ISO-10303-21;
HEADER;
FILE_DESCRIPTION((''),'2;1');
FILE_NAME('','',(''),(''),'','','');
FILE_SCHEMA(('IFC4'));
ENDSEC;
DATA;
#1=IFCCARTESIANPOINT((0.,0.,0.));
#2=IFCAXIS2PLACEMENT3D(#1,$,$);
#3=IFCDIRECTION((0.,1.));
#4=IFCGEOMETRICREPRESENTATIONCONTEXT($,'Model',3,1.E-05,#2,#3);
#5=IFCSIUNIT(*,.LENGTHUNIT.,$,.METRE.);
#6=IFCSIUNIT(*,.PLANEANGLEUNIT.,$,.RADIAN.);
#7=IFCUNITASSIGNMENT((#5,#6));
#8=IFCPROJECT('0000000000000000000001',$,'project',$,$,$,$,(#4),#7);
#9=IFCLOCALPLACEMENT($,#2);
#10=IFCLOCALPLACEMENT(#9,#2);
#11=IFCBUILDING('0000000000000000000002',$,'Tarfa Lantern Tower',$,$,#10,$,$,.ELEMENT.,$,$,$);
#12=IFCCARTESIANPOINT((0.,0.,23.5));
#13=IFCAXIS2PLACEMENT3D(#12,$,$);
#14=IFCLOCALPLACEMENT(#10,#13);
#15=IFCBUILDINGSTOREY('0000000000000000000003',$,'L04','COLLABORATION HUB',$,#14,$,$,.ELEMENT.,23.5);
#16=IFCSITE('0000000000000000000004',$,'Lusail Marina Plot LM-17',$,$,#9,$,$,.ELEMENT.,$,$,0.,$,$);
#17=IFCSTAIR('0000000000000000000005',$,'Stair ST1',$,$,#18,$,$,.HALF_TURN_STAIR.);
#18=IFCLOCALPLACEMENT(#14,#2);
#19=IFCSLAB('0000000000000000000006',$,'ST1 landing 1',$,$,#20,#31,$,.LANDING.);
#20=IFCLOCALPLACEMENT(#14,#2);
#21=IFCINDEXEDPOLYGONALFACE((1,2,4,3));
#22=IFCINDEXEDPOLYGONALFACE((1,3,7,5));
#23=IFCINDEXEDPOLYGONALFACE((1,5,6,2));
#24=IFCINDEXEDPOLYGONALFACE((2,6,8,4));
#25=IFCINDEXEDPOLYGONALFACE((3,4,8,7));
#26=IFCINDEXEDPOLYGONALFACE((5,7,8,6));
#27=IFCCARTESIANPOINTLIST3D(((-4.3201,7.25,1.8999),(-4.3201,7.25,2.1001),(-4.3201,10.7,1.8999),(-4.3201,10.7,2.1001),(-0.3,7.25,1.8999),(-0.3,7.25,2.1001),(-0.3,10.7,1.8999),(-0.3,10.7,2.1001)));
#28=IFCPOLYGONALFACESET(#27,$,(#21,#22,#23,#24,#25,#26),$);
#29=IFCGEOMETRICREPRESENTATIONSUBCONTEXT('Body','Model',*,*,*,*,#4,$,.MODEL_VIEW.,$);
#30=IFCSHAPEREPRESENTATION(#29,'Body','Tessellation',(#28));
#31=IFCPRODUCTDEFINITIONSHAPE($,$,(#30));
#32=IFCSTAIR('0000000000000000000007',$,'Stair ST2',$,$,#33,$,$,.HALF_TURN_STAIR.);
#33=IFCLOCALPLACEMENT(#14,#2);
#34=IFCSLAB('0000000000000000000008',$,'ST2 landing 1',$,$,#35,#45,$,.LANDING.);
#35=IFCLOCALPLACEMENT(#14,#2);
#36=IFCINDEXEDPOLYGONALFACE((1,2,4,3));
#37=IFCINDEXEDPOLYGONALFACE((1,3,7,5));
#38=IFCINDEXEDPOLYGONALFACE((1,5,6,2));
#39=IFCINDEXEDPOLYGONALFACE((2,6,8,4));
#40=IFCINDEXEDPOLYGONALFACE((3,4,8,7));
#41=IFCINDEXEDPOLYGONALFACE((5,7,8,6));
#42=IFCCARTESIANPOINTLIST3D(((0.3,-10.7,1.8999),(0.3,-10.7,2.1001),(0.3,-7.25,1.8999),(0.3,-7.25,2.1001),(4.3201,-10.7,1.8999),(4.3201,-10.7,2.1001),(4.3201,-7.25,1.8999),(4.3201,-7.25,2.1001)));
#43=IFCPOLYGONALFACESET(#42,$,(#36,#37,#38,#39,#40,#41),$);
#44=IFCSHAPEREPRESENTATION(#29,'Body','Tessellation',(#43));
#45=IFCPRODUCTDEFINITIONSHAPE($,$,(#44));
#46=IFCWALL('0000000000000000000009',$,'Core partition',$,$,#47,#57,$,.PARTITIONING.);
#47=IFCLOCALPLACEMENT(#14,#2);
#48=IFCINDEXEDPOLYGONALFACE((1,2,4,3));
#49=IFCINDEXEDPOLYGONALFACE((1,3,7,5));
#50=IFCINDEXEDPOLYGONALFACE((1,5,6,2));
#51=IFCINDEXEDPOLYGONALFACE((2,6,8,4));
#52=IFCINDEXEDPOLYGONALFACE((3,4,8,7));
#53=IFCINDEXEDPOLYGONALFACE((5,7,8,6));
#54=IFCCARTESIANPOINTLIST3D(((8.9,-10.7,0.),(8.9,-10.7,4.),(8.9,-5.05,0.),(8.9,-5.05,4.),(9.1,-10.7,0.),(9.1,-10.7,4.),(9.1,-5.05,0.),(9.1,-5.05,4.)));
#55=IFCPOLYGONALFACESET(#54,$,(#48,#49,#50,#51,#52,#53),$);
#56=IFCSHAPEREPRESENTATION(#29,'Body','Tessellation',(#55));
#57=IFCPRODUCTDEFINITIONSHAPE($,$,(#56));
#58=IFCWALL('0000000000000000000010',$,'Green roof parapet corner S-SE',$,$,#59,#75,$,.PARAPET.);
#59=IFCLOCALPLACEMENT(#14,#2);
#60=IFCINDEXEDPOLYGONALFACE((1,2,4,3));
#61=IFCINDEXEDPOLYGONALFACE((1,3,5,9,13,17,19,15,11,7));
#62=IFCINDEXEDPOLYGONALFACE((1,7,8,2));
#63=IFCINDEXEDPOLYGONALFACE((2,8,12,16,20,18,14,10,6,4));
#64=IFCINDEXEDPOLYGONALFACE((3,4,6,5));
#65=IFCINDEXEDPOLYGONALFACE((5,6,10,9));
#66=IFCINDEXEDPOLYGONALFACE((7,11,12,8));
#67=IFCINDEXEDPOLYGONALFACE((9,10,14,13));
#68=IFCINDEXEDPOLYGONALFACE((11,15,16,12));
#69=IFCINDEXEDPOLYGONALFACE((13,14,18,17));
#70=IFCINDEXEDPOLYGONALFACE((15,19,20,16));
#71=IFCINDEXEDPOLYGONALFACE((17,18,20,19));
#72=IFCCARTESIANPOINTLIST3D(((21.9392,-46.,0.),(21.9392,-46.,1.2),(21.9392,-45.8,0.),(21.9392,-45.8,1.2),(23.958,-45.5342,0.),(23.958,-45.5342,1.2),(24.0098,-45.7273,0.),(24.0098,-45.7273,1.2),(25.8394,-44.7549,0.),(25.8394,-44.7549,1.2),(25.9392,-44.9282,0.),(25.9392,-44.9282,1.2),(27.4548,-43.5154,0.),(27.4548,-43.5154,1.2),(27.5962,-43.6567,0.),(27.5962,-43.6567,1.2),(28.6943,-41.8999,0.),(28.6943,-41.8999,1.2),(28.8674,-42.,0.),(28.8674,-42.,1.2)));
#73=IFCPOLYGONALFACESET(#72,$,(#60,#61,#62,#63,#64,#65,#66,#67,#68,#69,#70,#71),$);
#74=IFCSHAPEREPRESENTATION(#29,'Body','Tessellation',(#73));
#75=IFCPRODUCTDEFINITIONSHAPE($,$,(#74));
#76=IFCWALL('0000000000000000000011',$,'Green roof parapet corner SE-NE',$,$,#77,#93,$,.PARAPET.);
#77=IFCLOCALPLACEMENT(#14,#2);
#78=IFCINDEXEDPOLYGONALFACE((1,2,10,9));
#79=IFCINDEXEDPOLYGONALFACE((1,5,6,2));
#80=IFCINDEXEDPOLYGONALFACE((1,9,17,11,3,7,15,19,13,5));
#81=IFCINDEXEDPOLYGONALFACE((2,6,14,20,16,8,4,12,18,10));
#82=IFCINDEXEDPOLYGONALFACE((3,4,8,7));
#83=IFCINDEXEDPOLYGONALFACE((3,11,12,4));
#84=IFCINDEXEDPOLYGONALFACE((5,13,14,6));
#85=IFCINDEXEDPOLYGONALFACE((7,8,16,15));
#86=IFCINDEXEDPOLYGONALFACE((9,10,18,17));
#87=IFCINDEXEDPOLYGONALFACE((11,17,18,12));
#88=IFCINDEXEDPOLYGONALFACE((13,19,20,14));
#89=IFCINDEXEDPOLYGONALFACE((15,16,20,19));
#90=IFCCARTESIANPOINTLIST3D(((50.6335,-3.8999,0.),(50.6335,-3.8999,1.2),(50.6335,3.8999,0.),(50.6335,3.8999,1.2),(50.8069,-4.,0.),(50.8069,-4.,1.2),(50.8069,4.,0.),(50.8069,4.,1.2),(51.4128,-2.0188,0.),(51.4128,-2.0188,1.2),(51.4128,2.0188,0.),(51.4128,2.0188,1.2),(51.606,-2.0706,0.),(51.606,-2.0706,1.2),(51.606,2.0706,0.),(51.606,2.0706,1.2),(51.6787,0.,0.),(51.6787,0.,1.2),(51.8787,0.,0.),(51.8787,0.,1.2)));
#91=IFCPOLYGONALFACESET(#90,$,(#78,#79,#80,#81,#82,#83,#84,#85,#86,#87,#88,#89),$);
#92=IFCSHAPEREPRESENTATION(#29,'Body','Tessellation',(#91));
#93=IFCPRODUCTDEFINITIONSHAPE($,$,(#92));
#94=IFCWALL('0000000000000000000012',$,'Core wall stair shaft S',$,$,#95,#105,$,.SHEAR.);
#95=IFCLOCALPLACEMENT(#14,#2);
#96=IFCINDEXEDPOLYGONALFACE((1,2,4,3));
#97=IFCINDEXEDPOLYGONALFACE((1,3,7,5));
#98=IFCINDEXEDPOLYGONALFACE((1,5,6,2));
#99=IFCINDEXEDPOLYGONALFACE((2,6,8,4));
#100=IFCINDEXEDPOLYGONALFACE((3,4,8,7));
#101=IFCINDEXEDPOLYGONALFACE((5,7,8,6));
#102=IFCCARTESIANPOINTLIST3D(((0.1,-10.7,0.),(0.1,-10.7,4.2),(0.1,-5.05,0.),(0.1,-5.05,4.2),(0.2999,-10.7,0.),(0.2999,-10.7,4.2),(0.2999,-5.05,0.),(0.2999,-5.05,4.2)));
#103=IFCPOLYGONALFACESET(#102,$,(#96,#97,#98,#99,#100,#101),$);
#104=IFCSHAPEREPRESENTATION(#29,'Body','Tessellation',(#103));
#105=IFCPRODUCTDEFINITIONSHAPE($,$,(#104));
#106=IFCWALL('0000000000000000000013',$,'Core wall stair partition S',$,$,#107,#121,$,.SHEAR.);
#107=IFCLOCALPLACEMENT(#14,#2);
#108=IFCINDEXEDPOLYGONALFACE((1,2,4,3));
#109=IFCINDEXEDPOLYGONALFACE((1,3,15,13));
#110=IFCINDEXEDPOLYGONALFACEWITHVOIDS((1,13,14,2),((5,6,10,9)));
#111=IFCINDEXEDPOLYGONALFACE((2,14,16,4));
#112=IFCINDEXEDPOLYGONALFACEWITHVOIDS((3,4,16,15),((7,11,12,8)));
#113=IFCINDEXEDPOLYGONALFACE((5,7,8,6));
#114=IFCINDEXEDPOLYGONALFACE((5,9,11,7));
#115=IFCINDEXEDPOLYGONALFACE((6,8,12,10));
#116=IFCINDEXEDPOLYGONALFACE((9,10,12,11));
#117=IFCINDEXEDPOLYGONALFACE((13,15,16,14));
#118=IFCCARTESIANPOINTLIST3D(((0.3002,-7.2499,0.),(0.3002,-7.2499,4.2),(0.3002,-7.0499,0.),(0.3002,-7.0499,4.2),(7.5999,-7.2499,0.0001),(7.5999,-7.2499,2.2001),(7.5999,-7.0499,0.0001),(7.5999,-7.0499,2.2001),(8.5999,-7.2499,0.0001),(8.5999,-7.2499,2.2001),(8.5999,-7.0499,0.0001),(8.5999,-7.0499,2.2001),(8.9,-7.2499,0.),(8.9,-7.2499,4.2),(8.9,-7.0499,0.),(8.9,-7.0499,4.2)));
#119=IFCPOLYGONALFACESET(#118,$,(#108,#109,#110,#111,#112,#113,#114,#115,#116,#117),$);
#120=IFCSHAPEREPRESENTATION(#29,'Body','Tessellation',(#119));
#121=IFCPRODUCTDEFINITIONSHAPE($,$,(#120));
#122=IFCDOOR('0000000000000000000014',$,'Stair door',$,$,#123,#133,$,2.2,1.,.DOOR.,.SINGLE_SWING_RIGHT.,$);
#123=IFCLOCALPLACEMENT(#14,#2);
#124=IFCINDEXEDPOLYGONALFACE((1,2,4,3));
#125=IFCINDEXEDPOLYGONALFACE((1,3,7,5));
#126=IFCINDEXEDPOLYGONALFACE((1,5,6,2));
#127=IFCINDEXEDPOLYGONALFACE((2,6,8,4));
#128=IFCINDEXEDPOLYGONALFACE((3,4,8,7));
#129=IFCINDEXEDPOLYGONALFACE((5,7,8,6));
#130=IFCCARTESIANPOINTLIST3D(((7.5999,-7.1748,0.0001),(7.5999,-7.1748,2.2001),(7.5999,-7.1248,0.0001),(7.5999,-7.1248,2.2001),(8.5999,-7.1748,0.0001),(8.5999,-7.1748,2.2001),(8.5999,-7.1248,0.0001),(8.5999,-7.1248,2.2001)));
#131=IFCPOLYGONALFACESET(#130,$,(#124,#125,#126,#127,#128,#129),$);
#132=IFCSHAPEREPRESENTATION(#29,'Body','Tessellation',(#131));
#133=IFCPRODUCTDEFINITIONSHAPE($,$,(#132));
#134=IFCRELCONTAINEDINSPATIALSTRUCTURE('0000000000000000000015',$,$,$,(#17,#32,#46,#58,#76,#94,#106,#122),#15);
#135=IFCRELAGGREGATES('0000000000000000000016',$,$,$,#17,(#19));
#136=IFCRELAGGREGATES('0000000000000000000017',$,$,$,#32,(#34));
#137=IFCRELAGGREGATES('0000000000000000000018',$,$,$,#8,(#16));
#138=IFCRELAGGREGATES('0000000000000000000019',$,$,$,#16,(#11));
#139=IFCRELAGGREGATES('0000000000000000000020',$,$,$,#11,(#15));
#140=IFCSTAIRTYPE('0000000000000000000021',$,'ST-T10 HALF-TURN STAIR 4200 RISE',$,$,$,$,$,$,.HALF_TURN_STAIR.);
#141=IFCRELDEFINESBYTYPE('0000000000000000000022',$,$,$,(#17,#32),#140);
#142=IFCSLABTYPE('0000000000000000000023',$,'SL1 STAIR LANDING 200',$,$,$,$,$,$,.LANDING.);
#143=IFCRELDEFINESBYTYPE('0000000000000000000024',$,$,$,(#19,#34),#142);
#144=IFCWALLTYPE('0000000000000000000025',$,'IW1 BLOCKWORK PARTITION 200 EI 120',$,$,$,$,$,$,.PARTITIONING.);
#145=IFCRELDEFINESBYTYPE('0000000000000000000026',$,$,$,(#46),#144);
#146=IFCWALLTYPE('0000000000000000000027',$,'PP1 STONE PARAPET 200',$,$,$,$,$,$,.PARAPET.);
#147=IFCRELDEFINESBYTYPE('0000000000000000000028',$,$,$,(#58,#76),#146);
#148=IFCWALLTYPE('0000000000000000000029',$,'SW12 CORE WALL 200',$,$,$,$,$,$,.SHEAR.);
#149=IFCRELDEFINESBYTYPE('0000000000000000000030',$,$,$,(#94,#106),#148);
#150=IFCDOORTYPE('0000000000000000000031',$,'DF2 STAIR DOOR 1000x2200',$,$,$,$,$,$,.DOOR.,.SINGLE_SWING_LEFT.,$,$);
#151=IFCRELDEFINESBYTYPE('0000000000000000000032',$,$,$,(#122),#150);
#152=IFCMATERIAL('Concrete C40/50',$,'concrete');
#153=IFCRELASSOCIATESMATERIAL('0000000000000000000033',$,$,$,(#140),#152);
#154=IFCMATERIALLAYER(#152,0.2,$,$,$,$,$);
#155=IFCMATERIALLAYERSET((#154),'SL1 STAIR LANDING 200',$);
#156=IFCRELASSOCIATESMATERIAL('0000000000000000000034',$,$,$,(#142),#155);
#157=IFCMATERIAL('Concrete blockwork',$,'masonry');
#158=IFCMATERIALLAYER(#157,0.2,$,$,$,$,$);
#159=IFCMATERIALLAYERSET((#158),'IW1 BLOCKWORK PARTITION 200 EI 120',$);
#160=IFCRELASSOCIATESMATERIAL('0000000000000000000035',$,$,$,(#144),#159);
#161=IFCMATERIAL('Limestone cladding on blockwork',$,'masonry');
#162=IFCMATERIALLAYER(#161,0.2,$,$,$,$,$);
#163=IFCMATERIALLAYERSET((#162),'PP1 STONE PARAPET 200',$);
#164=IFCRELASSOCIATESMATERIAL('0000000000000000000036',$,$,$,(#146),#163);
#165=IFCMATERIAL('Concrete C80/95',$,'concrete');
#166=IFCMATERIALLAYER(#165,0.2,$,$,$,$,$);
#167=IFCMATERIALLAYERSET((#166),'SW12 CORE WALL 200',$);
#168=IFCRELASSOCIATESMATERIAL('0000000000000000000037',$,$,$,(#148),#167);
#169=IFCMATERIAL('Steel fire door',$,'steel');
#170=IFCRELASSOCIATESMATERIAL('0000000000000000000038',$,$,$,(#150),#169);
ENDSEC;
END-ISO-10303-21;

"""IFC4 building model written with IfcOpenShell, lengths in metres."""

from ifc_helpers import new_model, si_unit, direction, frame, frame_2d, origin, place, context, subcontext, project, spatial, polyline, rectangle, outline, extrude, material, layer, layer_set, type_object, element, fill, aggregate, save


model = new_model("IFC4")

# Units and contexts
model_context = context("Model", 3, precision=1e-05, world=origin(), true_north=direction((0.0, 1.0)))
body_context = subcontext(model_context, "Body", "Model", "MODEL_VIEW")
ifc_project = project(units=[si_unit("LENGTHUNIT", "METRE"), si_unit("PLANEANGLEUNIT", "RADIAN")], contexts=[model_context])

# Site, building, storey
site_placement = place(None, origin())
site = spatial("IfcSite", under=ifc_project, at=site_placement, Name="Lusail Marina Plot LM-17", CompositionType="ELEMENT", RefElevation=0.0)
building_placement = place(site_placement, origin())
building = spatial("IfcBuilding", under=site, at=building_placement, Name="Tarfa Lantern Tower", CompositionType="ELEMENT")
storey_placement = place(building_placement, frame((0.0, 0.0, 23.5)))
storey = spatial("IfcBuildingStorey", under=building, at=storey_placement, Name="L04", Description="COLLABORATION HUB", CompositionType="ELEMENT", Elevation=23.5)

# Stairs, slabs
ifc_material_1 = material(Name="Concrete C40/50", Category="concrete")
stair_type = type_object("IfcStairType", Name="ST-T10 HALF-TURN STAIR 4200 RISE", PredefinedType="HALF_TURN_STAIR", material=ifc_material_1)
stair_1_placement = place(storey_placement, origin())
stair_1 = element("IfcStair", 1, at=stair_1_placement, inside=storey, type_object=stair_type, Name="Stair ST1", PredefinedType="HALF_TURN_STAIR")
ifc_layer_1 = layer(ifc_material_1, 0.2)
ifc_layer_set_1 = layer_set([ifc_layer_1], Name="SL1 STAIR LANDING 200")
slab_type = type_object("IfcSlabType", Name="SL1 STAIR LANDING 200", PredefinedType="LANDING", material=ifc_layer_set_1)
slab_1_placement = place(storey_placement, frame((0.0, 0.0, 1.8999)))
slab_1 = element("IfcSlab", 2, at=slab_1_placement, type_object=slab_type, Name="ST1 landing 1", PredefinedType="LANDING", context=body_context, shape_type="SweptSolid", body=[
    extrude(outline(polyline([(-4.3201, 7.25), (-0.3, 7.25), (-0.3, 10.7), (-4.3201, 10.7), (-4.3201, 7.25)])), origin(), (0.0, 0.0, 1.0), 0.2002),
])
aggregate(stair_1, [slab_1])
stair_2_placement = place(storey_placement, origin())
stair_2 = element("IfcStair", 3, at=stair_2_placement, inside=storey, type_object=stair_type, Name="Stair ST2", PredefinedType="HALF_TURN_STAIR")
slab_2_placement = place(storey_placement, frame((0.0, 0.0, 1.8999)))
slab_2 = element("IfcSlab", 4, at=slab_2_placement, type_object=slab_type, Name="ST2 landing 1", PredefinedType="LANDING", context=body_context, shape_type="SweptSolid", body=[
    extrude(outline(polyline([(4.3201, -7.25), (0.3, -7.25), (0.3, -10.7), (4.3201, -10.7), (4.3201, -7.25)])), origin(), (0.0, 0.0, 1.0), 0.2002),
])

# Walls
ifc_material_2 = material(Name="Concrete blockwork", Category="masonry")
ifc_layer_2 = layer(ifc_material_2, 0.2)
ifc_layer_set_2 = layer_set([ifc_layer_2], Name="IW1 BLOCKWORK PARTITION 200 EI 120")
wall_type_1 = type_object("IfcWallType", Name="IW1 BLOCKWORK PARTITION 200 EI 120", PredefinedType="PARTITIONING", material=ifc_layer_set_2)
wall_1_placement = place(storey_placement, frame((9.0, -5.05, 0.0), z_axis=(0.0, 0.0, 1.0), x_axis=(0.0, -1.0, 0.0)))
element("IfcWall", 5, at=wall_1_placement, inside=storey, type_object=wall_type_1, Name="Core partition", PredefinedType="PARTITIONING", context=body_context, shape_type="SweptSolid", body=[
    extrude(rectangle(XDim=5.6499, YDim=0.2, at=frame_2d((2.825, 0.0))), origin(), (0.0, 0.0, 1.0), 4.0),
])
ifc_material_3 = material(Name="Limestone cladding on blockwork", Category="masonry")
ifc_layer_3 = layer(ifc_material_3, 0.2)
ifc_layer_set_3 = layer_set([ifc_layer_3], Name="PP1 STONE PARAPET 200")
wall_type_2 = type_object("IfcWallType", Name="PP1 STONE PARAPET 200", PredefinedType="PARAPET", material=ifc_layer_set_3)
wall_2_placement = place(storey_placement, origin())
element("IfcWall", 6, at=wall_2_placement, inside=storey, type_object=wall_type_2, Name="Green roof parapet corner S-SE", PredefinedType="PARAPET", context=body_context, shape_type="SweptSolid", body=[
    extrude(outline(polyline([(21.9392, -46.0), (24.0098, -45.7273), (25.9392, -44.9282), (27.5962, -43.6567), (28.8674, -42.0), (28.6943, -41.8999), (27.4548, -43.5154), (25.8394, -44.7549), (23.958, -45.5342), (21.9392, -45.8), (21.9392, -46.0)])), origin(), (0.0, 0.0, 1.0), 1.2),
])
wall_3_placement = place(storey_placement, origin())
element("IfcWall", 7, at=wall_3_placement, inside=storey, type_object=wall_type_2, Name="Green roof parapet corner SE-NE", PredefinedType="PARAPET", context=body_context, shape_type="SweptSolid", body=[
    extrude(outline(polyline([(50.8069, -4.0), (51.606, -2.0706), (51.8787, 0.0), (51.606, 2.0706), (50.8069, 4.0), (50.6335, 3.8999), (51.4128, 2.0188), (51.6787, 0.0), (51.4128, -2.0188), (50.6335, -3.8999), (50.8069, -4.0)])), origin(), (0.0, 0.0, 1.0), 1.2),
])
ifc_material_4 = material(Name="Concrete C80/95", Category="concrete")
ifc_layer_4 = layer(ifc_material_4, 0.2)
ifc_layer_set_4 = layer_set([ifc_layer_4], Name="SW12 CORE WALL 200")
wall_type_3 = type_object("IfcWallType", Name="SW12 CORE WALL 200", PredefinedType="SHEAR", material=ifc_layer_set_4)
wall_4_placement = place(storey_placement, frame((0.2, -5.05, 0.0), z_axis=(0.0, 0.0, 1.0), x_axis=(0.0, -1.0, 0.0)))
element("IfcWall", 8, at=wall_4_placement, inside=storey, type_object=wall_type_3, Name="Core wall stair shaft S", PredefinedType="SHEAR", context=body_context, shape_type="SweptSolid", body=[
    extrude(rectangle(XDim=5.6499, YDim=0.2, at=frame_2d((2.825, 0.0))), origin(), (0.0, 0.0, 1.0), 4.2),
])

# Wall, opening, door
wall_5_placement = place(storey_placement, frame((8.8999, -7.1499, 0.0), z_axis=(0.0, 0.0, 1.0), x_axis=(-1.0, 0.0, 0.0)))
wall_5 = element("IfcWall", 9, at=wall_5_placement, inside=storey, type_object=wall_type_3, Name="Core wall stair partition S", PredefinedType="SHEAR", context=body_context, shape_type="SweptSolid", body=[
    extrude(rectangle(XDim=8.5999, YDim=0.2, at=frame_2d((4.2998, 0.0))), origin(), (0.0, 0.0, 1.0), 4.2),
])
opening_1_placement = place(wall_5_placement, frame((0.3, 0.0, 0.0)))
opening_1 = element("IfcOpeningElement", 10, at=opening_1_placement, cuts=wall_5, PredefinedType="OPENING", context=body_context, shape_type="SweptSolid", body=[
    extrude(rectangle(XDim=1.0, YDim=2.2, at=frame_2d((0.5, 1.1001))), frame((0.0, 0.1099, 0.0), z_axis=(0.0, -1.0, 0.0), x_axis=(1.0, 0.0, 0.0)), (0.0, 0.0, 1.0), 0.22),
])
ifc_material_5 = material(Name="Steel fire door", Category="steel")
door_type_1 = type_object("IfcDoorType", Name="DF2 STAIR DOOR 1000x2200", OperationType="SINGLE_SWING_LEFT", PredefinedType="DOOR", material=ifc_material_5)
door_1_placement = place(opening_1_placement, origin())
door_1 = element("IfcDoor", 11, at=door_1_placement, inside=storey, type_object=door_type_1, Name="Stair door", OperationType="SINGLE_SWING_RIGHT", OverallHeight=2.2, OverallWidth=1.0, PredefinedType="DOOR", context=body_context, shape_type="SweptSolid", body=[
    extrude(rectangle(XDim=1.0, YDim=2.2, at=frame_2d((0.5, 1.1001))), frame((0.0, 0.0249, 0.0), z_axis=(0.0, -1.0, 0.0), x_axis=(1.0, 0.0, 0.0)), (0.0, 0.0, 1.0), 0.05),
])
fill(opening_1, door_1)

aggregate(stair_2, [slab_2])

save(model, "model.ifc")
